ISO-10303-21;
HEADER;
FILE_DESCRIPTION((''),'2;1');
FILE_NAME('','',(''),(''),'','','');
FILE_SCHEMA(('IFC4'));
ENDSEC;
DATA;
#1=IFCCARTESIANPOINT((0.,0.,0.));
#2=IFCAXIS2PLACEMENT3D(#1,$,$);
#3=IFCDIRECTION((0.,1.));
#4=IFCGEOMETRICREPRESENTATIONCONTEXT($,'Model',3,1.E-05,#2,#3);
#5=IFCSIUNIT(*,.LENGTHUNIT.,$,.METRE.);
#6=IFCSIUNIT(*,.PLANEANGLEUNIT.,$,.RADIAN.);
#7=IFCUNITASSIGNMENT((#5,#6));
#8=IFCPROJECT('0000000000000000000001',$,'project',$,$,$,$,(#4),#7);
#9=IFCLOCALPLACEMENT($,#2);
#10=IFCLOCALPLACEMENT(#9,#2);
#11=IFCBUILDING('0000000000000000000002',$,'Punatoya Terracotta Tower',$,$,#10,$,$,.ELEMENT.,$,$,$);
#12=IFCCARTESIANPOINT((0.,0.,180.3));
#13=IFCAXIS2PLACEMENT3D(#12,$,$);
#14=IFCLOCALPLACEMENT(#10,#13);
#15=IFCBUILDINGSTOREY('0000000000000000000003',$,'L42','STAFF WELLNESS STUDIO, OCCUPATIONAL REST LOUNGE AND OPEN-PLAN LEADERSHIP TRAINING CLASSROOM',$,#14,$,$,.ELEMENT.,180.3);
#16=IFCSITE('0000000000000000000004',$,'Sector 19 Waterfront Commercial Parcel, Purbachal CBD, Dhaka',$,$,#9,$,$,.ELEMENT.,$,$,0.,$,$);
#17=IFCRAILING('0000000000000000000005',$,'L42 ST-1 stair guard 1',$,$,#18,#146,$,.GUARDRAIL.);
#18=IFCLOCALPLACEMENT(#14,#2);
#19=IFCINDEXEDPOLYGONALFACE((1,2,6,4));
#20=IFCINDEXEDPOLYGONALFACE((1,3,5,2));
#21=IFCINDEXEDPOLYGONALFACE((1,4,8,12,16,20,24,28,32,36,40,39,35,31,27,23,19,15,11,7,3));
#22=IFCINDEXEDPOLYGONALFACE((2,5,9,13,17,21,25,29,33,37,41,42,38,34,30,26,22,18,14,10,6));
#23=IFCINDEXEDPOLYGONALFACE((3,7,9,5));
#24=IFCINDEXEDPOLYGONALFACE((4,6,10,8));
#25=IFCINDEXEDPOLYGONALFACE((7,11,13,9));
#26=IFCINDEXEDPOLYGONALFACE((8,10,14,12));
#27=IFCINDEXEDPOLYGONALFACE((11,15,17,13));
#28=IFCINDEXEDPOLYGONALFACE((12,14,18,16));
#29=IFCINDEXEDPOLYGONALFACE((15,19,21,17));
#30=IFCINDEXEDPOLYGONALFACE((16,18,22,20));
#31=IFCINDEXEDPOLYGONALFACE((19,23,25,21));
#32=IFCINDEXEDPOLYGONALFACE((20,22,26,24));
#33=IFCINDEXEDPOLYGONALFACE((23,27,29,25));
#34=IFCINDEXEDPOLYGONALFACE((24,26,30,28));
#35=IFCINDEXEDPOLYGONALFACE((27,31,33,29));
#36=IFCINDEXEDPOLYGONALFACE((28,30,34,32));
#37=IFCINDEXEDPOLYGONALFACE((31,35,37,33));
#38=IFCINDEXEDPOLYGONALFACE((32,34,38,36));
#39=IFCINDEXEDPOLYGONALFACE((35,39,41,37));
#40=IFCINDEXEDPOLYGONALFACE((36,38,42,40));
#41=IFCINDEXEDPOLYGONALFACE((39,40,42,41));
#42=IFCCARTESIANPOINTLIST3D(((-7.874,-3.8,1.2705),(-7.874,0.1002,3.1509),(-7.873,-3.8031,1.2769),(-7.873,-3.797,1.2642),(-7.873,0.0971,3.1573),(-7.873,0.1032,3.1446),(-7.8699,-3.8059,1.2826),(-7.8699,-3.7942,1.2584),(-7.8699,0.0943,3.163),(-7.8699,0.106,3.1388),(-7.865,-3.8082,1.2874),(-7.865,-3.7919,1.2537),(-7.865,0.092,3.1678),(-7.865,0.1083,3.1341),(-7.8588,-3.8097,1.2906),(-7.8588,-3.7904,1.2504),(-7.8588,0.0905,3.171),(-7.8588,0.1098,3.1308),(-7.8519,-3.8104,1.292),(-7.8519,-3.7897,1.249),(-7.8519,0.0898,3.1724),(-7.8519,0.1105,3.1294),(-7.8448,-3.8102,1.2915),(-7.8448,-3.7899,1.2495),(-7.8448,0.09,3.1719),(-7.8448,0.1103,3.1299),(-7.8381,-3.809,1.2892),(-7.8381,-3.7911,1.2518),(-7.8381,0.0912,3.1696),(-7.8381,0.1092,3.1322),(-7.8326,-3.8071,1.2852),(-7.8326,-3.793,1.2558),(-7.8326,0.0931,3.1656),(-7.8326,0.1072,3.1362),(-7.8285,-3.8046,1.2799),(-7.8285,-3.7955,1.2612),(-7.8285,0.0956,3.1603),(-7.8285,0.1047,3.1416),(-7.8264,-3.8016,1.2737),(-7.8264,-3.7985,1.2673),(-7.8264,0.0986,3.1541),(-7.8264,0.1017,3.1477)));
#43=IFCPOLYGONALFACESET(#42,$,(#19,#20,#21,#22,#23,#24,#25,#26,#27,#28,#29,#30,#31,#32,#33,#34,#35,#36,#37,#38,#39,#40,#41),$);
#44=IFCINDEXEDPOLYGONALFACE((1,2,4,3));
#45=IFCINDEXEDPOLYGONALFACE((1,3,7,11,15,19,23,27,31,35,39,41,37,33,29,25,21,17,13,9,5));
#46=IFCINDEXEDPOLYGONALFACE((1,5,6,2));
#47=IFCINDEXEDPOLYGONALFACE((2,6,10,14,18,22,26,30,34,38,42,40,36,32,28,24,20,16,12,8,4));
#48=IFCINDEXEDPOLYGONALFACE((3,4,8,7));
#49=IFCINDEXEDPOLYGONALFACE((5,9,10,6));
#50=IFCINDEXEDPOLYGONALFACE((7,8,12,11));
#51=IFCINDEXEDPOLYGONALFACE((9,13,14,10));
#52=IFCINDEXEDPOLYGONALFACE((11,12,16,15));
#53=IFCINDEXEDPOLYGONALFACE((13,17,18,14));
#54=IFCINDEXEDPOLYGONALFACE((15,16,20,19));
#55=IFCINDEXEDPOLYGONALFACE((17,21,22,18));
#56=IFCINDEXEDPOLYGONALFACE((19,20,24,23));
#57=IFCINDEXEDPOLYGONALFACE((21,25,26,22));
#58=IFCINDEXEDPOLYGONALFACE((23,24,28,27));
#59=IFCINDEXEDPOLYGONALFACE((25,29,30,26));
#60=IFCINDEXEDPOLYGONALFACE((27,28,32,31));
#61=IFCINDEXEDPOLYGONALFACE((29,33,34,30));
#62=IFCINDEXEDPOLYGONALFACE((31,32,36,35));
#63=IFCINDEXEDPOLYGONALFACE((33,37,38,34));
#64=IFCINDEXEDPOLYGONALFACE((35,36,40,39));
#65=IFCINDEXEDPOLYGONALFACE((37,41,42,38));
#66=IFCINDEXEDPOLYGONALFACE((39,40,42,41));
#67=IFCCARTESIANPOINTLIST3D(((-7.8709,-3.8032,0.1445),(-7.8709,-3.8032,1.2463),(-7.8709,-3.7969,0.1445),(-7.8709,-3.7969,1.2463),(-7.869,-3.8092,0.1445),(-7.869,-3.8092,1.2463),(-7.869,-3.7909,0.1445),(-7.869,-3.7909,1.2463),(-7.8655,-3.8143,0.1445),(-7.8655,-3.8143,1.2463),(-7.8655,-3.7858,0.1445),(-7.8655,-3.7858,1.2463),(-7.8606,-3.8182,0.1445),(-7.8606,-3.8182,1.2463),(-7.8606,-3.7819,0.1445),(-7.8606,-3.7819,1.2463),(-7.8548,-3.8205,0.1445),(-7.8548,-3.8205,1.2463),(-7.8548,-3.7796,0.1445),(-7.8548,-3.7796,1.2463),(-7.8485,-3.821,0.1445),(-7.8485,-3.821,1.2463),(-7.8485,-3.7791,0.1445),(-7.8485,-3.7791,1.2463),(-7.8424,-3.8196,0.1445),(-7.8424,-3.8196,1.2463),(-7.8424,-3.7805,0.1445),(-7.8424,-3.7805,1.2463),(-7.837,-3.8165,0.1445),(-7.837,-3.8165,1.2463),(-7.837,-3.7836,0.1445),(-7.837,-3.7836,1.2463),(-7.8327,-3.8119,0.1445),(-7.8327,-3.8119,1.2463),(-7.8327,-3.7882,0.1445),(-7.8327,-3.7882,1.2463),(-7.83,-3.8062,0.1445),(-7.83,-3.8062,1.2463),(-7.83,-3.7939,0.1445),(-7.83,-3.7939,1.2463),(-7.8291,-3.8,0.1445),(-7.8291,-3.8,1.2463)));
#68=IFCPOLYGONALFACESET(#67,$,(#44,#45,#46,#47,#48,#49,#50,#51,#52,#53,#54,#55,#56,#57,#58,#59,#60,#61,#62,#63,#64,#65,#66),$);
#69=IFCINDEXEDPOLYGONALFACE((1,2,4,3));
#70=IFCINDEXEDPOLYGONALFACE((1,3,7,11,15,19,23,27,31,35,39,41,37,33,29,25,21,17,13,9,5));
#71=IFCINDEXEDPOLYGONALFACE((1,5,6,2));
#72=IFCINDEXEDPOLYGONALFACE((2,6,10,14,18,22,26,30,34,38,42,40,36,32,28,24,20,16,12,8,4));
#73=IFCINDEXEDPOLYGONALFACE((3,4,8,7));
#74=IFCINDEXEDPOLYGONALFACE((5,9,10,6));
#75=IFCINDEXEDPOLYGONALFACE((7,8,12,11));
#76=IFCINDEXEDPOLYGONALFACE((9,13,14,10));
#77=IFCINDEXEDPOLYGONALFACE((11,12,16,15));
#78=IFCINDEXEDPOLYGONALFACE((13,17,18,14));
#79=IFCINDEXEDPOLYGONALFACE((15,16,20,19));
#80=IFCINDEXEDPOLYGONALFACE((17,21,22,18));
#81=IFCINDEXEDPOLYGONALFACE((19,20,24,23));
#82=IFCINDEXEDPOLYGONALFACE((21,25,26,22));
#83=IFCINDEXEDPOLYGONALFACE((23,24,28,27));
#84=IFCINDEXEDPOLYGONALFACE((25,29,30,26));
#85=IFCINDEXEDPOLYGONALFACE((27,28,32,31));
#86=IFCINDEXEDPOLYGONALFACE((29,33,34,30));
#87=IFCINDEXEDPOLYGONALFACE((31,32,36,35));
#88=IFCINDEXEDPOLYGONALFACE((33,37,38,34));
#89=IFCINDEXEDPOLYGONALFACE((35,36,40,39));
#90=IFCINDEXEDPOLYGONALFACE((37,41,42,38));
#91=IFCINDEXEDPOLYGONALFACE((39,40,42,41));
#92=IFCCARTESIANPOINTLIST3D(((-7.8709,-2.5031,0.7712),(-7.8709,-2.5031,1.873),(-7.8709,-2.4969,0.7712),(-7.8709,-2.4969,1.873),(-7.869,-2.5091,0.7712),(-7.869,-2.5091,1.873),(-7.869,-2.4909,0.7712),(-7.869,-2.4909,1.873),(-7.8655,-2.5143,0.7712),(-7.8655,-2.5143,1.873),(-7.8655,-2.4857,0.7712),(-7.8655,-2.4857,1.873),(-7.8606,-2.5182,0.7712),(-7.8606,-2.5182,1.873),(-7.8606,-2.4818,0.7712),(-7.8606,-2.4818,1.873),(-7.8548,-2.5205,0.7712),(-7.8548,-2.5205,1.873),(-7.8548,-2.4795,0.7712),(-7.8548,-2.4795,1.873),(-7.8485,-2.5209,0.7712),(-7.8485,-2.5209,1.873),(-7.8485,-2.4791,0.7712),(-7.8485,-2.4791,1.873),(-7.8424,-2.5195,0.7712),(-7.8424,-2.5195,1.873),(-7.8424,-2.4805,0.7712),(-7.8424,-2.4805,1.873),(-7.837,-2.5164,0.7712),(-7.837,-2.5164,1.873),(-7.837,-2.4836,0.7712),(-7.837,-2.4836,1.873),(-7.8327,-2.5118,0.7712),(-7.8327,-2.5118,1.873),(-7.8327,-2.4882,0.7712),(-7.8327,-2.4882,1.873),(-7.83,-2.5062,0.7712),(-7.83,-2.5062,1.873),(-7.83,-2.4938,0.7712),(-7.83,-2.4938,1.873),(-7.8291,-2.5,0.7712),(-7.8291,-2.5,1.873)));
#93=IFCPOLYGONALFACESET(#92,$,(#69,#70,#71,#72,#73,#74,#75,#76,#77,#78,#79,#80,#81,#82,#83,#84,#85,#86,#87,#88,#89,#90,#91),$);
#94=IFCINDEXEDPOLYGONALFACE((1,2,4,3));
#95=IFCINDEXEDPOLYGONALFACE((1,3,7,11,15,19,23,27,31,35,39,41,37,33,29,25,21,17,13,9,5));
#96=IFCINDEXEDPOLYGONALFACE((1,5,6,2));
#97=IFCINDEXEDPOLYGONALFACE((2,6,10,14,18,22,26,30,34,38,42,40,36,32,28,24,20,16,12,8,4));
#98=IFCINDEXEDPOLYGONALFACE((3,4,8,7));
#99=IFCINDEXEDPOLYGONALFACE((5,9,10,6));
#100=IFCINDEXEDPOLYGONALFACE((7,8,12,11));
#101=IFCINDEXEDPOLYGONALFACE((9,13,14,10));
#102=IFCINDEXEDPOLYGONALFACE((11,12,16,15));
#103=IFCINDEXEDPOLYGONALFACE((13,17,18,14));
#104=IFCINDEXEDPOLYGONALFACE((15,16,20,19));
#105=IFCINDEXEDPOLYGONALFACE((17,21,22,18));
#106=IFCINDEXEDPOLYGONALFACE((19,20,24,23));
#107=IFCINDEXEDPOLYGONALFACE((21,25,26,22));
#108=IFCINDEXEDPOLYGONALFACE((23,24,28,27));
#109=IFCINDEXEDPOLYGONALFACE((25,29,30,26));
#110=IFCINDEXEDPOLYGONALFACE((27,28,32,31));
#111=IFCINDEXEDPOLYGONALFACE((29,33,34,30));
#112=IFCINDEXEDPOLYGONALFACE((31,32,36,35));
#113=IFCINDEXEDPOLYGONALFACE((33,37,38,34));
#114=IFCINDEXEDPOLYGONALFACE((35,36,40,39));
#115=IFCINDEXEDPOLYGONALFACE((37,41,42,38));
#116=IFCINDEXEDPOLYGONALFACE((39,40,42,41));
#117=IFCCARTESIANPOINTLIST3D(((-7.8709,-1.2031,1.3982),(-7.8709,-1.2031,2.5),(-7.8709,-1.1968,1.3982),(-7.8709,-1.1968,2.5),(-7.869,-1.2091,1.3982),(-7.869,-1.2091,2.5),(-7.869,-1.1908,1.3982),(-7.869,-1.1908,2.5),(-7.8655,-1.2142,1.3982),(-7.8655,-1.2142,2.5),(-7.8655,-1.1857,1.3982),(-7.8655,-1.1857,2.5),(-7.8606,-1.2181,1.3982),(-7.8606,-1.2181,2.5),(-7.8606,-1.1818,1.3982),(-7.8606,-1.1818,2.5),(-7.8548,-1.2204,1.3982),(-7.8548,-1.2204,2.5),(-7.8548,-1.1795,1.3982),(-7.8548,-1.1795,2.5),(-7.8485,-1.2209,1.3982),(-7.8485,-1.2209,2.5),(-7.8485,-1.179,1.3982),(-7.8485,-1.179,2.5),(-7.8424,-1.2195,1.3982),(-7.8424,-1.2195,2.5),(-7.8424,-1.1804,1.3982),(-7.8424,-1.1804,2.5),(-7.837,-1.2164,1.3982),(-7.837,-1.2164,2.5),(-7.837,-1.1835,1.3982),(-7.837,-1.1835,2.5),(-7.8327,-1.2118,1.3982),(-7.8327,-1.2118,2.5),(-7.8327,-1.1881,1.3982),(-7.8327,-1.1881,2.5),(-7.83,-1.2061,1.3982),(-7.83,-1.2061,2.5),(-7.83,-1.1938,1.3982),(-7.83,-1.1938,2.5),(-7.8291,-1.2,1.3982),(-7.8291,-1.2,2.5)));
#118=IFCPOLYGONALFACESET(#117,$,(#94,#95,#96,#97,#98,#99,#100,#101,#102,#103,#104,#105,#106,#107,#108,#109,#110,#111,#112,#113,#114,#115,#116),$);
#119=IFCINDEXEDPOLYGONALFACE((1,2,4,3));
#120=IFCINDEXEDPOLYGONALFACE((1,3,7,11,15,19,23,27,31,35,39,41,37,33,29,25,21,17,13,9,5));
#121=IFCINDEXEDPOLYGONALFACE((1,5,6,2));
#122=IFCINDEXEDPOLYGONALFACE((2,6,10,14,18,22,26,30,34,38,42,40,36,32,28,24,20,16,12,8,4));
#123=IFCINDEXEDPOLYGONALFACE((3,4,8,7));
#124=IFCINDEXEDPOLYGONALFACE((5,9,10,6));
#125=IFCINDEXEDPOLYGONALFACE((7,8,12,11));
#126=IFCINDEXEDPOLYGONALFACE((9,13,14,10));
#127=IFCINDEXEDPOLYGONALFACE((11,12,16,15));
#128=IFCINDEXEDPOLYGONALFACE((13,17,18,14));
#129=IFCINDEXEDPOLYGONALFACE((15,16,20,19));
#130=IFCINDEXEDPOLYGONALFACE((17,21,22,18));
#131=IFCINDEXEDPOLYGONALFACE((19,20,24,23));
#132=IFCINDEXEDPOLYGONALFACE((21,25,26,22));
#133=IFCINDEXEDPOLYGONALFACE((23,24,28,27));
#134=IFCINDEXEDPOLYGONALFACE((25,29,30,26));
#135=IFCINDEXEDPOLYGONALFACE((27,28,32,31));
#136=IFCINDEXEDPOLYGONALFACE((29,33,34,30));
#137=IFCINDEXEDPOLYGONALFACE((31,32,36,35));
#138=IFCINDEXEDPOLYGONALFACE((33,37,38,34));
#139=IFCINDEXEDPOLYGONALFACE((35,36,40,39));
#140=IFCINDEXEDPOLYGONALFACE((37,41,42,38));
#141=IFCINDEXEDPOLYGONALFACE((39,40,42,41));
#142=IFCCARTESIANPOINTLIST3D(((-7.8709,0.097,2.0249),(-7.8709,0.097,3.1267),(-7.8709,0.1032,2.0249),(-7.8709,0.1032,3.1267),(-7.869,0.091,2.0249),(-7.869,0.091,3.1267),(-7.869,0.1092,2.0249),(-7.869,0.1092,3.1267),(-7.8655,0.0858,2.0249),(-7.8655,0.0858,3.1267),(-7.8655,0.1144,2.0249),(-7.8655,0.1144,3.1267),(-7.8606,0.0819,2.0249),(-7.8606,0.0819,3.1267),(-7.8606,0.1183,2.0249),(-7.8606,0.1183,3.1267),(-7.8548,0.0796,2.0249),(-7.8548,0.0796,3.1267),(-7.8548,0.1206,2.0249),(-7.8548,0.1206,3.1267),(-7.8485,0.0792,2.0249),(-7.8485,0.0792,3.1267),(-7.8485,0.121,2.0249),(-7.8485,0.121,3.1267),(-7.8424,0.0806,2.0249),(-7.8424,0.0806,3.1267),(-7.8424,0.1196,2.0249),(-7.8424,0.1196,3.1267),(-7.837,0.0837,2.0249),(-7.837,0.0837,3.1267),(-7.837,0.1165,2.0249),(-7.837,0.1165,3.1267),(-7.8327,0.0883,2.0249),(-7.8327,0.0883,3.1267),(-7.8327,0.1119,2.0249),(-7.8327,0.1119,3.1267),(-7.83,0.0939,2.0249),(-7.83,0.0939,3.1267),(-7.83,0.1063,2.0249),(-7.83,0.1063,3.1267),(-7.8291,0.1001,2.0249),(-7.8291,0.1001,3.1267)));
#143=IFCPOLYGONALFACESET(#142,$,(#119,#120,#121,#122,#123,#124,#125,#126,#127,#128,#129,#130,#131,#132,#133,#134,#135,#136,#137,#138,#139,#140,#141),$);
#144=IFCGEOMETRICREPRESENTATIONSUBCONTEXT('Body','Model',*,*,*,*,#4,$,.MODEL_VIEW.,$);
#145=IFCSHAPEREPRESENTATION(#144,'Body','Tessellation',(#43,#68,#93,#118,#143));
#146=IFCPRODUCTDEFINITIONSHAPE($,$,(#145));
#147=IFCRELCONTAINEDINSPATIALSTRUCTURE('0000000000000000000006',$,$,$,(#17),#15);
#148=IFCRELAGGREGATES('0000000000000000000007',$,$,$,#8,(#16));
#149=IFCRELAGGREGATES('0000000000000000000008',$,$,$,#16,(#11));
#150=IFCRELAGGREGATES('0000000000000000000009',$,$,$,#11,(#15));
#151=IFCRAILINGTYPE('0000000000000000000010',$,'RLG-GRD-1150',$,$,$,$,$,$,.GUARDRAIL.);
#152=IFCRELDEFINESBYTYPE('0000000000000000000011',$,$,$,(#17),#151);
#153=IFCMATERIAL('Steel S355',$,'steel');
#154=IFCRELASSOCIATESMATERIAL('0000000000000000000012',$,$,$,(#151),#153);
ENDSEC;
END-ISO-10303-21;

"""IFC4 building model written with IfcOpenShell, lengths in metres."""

from ifc_helpers import new_model, si_unit, direction, frame, origin, origin_2d, place, context, subcontext, project, spatial, circle, extrude, material, type_object, element, save


model = new_model("IFC4")

# Units and contexts
model_context = context("Model", 3, precision=1e-05, world=origin(), true_north=direction((0.0, 1.0)))
body_context = subcontext(model_context, "Body", "Model", "MODEL_VIEW")
ifc_project = project(units=[si_unit("LENGTHUNIT", "METRE"), si_unit("PLANEANGLEUNIT", "RADIAN")], contexts=[model_context])

# Site, building, storey
site_placement = place(None, origin())
site = spatial("IfcSite", under=ifc_project, at=site_placement, Name="Sector 19 Waterfront Commercial Parcel, Purbachal CBD, Dhaka", CompositionType="ELEMENT", RefElevation=0.0)
building_placement = place(site_placement, origin())
building = spatial("IfcBuilding", under=site, at=building_placement, Name="Punatoya Terracotta Tower", CompositionType="ELEMENT")
storey_placement = place(building_placement, frame((0.0, 0.0, 180.3)))
storey = spatial("IfcBuildingStorey", under=building, at=storey_placement, Name="L42", Description="STAFF WELLNESS STUDIO, OCCUPATIONAL REST LOUNGE AND OPEN-PLAN LEADERSHIP TRAINING CLASSROOM", CompositionType="ELEMENT", Elevation=180.3)

# Shared definitions
ifc_material_1 = material(Name="Steel S355", Category="steel")

# Railing
railing_type_1 = type_object("IfcRailingType", Name="RLG-GRD-1150", PredefinedType="GUARDRAIL", material=ifc_material_1)
railing_1_placement = place(storey_placement, frame((-7.8501, -3.8, 0.1445)))
element("IfcRailing", 1, at=railing_1_placement, inside=storey, type_object=railing_type_1, Name="L42 ST-1 stair guard 1", PredefinedType="GUARDRAIL", context=body_context, shape_type="SweptSolid", body=[
    extrude(circle(Radius=0.0239, at=origin_2d()), frame((0.0, 0.0, 1.126), z_axis=(0.0, 0.900774, 0.434289), x_axis=(-1.0, 0.0, 0.0)), (0.0, 0.0, 1.0), 4.3298),
    extrude(circle(Radius=0.021, at=origin_2d()), origin(), (0.0, 0.0, 1.0), 1.1018),
    extrude(circle(Radius=0.021, at=origin_2d()), frame((0.0, 1.3, 0.6267)), (0.0, 0.0, 1.0), 1.1018),
    extrude(circle(Radius=0.021, at=origin_2d()), frame((0.0, 2.6001, 1.2537)), (0.0, 0.0, 1.0), 1.1018),
    extrude(circle(Radius=0.021, at=origin_2d()), frame((0.0, 3.9001, 1.8804)), (0.0, 0.0, 1.0), 1.1018),
])

save(model, "model.ifc")
